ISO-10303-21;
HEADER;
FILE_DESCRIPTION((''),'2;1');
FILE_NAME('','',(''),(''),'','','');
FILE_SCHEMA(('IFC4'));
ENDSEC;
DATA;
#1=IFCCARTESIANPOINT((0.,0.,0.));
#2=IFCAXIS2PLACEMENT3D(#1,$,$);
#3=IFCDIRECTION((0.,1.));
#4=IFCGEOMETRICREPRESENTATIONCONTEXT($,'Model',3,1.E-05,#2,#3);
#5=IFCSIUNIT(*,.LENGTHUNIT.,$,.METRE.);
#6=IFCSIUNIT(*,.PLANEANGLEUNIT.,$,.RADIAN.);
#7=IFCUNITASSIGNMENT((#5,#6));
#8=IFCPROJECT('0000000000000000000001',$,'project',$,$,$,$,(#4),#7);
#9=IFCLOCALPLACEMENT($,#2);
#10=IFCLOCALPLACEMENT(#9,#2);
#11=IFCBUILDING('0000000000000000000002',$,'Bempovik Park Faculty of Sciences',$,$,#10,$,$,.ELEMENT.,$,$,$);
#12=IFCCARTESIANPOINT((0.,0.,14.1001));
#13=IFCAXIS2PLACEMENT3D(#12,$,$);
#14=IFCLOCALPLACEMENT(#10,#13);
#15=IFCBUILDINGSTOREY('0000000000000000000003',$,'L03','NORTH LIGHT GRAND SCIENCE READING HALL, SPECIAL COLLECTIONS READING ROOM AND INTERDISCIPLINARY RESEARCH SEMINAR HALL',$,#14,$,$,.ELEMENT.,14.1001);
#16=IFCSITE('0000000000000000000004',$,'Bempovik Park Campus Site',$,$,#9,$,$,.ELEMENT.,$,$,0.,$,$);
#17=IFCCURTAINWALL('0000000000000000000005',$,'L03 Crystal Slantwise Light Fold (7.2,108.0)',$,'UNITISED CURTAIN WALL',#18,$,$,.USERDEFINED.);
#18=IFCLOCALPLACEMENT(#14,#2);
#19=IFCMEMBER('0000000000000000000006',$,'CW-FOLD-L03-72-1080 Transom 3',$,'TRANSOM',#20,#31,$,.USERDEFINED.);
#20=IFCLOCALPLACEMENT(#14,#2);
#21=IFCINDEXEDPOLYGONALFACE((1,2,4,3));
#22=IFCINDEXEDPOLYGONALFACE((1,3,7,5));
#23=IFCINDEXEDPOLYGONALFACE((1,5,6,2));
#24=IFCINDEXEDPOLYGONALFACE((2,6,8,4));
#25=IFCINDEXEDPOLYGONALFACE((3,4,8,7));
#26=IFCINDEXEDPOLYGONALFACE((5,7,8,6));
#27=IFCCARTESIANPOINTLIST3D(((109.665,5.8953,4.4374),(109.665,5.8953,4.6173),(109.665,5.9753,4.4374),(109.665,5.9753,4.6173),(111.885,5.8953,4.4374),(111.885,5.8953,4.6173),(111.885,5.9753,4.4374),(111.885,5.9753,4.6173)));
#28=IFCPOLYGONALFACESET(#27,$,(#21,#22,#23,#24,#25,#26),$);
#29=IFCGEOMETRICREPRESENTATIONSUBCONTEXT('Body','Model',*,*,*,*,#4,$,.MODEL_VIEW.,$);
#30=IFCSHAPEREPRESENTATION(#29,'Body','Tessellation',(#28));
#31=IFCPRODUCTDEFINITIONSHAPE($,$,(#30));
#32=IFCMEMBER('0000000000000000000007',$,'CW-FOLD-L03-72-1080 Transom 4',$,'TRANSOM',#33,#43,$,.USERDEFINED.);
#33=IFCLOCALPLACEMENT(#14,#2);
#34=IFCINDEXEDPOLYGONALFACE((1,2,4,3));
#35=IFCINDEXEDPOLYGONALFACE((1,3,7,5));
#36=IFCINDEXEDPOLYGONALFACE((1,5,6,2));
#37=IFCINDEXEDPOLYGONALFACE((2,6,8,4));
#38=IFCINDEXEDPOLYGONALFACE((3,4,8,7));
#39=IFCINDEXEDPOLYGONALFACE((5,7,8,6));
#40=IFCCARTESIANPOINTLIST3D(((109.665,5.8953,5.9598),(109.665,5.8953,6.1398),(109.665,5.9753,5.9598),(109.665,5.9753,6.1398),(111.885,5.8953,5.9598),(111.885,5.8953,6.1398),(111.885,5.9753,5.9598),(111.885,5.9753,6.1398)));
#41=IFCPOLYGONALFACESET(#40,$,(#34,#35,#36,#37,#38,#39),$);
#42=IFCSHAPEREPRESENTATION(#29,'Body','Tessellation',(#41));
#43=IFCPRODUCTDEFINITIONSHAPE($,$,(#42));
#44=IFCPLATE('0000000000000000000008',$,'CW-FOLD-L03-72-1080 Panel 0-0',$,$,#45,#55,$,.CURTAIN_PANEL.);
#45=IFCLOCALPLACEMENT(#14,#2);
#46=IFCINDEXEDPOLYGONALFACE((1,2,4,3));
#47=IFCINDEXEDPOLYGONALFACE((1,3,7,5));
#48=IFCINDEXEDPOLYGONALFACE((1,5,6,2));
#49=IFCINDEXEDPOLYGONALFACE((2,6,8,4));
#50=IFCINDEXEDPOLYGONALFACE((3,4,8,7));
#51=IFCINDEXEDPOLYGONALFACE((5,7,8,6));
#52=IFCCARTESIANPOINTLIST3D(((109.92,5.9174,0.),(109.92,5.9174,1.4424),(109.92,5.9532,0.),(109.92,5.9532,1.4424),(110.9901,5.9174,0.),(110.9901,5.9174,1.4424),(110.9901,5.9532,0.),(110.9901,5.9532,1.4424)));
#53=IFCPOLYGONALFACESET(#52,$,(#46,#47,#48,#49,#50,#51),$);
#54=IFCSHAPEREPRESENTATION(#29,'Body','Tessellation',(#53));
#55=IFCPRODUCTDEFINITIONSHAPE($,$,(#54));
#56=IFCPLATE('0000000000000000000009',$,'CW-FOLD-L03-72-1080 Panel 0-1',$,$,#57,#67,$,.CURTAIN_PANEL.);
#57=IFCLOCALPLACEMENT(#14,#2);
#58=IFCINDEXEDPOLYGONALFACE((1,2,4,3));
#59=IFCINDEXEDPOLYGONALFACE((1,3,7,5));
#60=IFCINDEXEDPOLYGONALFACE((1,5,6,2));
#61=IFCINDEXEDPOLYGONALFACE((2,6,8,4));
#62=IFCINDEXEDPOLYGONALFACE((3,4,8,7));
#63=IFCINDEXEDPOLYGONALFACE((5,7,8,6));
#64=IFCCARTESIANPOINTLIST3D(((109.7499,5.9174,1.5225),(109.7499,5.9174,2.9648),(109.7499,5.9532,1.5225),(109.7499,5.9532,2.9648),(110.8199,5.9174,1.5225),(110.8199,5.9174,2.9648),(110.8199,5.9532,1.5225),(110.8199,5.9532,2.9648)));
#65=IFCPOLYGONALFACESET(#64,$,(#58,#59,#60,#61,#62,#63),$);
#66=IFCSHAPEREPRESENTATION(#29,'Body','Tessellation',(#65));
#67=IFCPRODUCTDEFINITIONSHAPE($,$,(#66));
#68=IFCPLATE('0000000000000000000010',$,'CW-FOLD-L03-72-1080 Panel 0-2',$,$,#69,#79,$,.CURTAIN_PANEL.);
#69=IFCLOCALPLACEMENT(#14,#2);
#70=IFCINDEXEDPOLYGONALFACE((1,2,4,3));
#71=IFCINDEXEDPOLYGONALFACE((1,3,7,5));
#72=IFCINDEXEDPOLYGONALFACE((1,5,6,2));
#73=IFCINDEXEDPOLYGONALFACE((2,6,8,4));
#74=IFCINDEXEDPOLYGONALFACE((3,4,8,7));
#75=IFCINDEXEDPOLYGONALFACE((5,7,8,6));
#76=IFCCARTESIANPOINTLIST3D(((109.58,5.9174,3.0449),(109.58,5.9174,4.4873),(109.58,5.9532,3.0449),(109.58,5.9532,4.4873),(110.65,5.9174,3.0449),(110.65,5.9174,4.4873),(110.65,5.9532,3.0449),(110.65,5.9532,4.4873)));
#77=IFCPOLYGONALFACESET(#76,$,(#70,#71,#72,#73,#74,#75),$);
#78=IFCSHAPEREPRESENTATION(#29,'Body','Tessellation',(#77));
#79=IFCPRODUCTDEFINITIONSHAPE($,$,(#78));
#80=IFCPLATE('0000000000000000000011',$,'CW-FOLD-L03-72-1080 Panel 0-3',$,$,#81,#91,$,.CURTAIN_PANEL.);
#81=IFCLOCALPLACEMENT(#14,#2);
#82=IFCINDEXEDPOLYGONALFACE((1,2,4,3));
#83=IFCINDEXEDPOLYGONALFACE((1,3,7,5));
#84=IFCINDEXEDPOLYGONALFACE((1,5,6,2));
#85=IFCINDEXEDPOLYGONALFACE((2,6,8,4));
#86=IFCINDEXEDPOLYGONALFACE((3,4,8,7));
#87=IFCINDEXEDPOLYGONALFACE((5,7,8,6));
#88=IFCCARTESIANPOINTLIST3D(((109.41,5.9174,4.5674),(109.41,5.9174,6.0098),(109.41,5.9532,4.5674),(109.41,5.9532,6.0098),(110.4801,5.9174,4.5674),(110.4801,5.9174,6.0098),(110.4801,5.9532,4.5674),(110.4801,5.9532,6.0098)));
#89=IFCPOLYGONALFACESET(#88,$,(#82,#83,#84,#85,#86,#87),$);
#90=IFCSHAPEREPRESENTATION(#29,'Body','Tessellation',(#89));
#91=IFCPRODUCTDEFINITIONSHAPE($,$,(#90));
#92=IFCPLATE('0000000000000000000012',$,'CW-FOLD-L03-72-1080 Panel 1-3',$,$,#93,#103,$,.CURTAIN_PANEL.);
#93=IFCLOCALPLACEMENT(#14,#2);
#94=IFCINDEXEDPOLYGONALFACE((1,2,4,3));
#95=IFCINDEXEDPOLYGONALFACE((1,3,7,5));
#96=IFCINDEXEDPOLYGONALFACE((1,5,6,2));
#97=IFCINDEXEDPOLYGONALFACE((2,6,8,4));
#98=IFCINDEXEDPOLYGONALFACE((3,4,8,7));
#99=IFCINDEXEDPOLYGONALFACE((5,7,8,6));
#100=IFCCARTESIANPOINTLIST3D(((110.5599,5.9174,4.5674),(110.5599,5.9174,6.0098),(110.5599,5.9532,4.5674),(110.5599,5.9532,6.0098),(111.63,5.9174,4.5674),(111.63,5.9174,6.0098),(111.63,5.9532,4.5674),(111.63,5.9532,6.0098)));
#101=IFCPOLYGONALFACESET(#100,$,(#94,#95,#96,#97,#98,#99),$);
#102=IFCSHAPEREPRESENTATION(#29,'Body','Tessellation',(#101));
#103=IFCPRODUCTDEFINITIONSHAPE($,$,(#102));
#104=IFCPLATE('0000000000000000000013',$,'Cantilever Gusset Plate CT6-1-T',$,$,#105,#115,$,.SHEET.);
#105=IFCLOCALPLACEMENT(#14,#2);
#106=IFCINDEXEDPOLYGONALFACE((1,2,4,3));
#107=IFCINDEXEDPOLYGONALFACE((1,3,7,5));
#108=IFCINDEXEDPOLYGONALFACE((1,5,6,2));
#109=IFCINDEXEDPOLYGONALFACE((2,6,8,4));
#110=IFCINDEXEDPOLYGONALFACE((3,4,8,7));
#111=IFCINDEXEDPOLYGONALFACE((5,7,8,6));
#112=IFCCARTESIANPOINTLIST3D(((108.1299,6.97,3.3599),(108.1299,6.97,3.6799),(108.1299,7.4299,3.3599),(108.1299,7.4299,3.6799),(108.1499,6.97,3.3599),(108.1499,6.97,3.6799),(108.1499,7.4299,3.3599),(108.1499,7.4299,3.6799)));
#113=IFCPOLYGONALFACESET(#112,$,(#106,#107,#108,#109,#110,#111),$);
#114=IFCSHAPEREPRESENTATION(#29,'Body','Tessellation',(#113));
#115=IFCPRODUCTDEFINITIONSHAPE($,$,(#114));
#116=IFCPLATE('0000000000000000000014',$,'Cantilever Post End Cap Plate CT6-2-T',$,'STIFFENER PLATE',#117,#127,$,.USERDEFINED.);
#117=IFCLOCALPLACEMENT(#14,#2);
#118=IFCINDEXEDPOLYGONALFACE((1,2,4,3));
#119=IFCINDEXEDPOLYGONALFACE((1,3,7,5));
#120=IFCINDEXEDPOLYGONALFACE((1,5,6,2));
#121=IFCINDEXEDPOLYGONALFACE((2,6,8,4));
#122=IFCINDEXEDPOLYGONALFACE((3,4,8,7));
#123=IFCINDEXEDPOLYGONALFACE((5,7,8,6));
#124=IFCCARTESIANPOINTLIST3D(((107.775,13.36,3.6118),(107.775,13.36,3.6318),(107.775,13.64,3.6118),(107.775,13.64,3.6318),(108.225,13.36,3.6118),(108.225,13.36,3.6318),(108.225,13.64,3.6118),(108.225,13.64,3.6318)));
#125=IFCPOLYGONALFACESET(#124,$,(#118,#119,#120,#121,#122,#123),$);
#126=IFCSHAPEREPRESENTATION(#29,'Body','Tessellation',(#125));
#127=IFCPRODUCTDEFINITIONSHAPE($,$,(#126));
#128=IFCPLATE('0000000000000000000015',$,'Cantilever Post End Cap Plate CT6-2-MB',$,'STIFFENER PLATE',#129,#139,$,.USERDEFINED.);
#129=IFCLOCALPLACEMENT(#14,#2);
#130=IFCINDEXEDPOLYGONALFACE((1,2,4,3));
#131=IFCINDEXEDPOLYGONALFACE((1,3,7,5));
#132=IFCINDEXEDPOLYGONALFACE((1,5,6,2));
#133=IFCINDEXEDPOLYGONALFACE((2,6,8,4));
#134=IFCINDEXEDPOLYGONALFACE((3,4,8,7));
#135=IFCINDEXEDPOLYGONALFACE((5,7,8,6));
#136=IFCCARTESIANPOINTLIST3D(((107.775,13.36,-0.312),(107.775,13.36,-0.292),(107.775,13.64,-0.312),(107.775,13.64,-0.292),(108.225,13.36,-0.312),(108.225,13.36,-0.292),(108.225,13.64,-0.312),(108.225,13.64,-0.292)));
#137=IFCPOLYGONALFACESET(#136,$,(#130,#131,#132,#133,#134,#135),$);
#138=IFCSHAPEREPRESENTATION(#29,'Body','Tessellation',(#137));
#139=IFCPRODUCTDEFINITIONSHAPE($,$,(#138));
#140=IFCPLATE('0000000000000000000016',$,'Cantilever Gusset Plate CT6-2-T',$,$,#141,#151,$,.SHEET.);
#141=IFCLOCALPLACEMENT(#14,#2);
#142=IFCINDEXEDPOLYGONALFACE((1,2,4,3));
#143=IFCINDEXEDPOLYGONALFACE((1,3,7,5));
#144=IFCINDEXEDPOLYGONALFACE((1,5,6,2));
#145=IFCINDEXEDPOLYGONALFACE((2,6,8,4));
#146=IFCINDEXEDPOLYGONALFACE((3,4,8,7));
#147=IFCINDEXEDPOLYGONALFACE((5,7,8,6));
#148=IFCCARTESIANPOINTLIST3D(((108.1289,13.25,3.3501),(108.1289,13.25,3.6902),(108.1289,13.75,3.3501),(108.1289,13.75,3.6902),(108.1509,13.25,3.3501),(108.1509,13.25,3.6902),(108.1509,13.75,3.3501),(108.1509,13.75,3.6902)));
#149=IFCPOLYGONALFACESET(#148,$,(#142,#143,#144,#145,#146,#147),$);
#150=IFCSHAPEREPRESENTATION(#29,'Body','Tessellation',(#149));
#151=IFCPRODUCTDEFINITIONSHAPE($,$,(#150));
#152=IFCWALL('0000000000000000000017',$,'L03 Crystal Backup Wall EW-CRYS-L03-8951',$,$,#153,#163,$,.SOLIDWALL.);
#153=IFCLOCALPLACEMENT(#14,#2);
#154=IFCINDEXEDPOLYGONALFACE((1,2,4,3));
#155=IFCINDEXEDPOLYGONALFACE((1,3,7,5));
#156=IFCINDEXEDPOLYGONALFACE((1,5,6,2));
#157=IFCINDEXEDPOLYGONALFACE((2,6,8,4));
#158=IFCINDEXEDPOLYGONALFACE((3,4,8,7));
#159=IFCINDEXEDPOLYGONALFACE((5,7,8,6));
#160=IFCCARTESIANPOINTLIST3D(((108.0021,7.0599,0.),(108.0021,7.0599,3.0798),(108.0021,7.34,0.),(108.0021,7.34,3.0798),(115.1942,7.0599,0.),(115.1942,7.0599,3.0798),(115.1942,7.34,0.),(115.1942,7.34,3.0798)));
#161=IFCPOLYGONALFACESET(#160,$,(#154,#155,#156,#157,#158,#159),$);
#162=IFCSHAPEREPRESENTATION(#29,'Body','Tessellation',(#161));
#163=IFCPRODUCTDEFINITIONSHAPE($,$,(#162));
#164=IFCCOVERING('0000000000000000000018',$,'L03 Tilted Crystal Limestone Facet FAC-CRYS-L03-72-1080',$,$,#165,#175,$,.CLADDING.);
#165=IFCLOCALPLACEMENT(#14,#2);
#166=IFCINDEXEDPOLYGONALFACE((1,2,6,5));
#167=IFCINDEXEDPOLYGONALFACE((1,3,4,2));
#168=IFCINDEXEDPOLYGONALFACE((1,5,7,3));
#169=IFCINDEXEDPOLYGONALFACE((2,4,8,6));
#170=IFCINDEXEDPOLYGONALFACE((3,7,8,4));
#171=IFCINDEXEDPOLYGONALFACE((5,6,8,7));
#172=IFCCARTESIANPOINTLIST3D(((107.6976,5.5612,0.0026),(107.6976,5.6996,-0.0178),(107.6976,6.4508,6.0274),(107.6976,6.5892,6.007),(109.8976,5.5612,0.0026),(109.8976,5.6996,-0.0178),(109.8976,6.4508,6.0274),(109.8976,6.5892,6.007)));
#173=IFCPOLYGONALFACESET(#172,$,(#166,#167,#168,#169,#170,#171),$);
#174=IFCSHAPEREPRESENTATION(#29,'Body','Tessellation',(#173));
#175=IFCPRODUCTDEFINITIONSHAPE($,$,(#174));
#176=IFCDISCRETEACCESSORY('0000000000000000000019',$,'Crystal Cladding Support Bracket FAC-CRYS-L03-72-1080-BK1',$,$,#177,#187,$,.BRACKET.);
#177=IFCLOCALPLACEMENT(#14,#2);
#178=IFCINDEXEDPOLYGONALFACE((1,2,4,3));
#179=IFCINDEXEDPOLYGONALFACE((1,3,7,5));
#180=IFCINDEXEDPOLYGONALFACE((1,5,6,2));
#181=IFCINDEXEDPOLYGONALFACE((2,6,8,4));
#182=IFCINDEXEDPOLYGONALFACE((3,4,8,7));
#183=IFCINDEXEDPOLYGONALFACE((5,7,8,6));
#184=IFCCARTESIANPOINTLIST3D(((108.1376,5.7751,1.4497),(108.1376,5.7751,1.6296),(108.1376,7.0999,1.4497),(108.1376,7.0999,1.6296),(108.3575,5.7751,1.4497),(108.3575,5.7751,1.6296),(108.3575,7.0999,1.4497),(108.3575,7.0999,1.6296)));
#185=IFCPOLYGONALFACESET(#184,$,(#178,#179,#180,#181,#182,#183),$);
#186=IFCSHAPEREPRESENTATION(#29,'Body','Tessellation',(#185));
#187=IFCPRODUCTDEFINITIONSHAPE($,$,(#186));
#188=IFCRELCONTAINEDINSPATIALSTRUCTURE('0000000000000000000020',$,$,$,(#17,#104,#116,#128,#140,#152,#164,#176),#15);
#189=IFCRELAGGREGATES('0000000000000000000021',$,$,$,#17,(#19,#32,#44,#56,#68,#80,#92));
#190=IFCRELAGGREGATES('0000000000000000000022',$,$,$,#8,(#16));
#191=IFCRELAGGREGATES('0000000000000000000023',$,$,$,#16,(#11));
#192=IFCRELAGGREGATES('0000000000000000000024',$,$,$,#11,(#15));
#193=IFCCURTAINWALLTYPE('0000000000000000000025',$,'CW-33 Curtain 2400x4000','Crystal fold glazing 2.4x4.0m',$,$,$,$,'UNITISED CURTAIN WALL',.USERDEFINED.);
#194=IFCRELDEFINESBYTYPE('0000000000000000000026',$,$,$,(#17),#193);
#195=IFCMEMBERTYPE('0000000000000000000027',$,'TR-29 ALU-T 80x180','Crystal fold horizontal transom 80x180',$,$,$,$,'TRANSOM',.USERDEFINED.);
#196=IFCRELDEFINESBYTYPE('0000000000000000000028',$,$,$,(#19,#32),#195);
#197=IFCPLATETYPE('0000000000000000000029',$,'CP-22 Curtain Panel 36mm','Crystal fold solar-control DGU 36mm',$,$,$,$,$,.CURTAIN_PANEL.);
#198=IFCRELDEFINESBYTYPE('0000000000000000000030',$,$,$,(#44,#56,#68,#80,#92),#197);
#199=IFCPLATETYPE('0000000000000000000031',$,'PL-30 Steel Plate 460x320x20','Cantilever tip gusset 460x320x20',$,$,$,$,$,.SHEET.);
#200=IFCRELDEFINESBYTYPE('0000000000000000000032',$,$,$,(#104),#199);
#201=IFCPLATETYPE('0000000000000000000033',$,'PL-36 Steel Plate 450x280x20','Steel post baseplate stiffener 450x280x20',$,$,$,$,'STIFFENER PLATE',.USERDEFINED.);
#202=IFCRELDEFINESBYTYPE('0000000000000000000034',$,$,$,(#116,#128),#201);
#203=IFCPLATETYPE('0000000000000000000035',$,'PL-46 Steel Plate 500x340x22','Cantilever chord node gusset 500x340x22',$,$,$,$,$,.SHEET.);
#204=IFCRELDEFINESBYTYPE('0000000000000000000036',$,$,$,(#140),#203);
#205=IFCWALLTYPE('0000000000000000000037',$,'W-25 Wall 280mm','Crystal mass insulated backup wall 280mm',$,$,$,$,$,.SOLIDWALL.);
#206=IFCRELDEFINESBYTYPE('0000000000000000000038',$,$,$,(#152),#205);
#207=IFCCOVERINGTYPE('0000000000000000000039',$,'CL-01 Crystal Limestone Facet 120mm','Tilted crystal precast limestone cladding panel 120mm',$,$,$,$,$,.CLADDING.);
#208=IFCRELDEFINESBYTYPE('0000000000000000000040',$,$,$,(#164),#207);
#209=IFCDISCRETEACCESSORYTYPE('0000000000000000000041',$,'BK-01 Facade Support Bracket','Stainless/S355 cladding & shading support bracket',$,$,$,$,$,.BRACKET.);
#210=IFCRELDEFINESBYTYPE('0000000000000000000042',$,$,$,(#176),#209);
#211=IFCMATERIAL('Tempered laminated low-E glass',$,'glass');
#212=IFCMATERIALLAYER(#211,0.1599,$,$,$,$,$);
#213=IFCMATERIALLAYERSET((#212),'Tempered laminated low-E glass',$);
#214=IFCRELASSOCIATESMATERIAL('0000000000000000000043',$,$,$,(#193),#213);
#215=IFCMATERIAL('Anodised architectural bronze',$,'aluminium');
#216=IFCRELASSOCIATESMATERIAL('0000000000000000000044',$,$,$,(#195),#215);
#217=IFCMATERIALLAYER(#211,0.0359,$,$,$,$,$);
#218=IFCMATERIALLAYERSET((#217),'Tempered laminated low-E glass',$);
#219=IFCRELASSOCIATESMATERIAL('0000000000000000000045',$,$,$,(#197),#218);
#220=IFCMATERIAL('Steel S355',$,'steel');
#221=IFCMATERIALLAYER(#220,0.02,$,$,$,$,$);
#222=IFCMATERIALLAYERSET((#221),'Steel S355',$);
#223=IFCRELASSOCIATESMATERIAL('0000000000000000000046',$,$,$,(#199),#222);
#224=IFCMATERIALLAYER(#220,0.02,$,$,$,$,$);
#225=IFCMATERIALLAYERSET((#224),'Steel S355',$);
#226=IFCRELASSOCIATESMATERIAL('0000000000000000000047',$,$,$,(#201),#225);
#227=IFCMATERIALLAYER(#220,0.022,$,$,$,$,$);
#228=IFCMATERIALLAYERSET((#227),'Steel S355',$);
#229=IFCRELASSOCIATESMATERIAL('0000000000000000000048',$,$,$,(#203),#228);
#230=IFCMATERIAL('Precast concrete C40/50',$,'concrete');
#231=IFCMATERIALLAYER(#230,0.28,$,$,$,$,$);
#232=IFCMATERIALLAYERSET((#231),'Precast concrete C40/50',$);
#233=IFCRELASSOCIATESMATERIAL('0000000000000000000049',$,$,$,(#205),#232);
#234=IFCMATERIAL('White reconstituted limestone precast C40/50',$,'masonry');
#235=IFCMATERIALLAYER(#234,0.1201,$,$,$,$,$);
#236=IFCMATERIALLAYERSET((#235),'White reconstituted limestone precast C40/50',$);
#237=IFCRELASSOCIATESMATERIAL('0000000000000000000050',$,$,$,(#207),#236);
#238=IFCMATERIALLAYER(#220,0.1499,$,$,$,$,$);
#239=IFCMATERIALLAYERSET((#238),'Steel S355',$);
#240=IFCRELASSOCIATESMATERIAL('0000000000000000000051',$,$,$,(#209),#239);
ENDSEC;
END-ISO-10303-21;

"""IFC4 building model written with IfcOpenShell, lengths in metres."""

from ifc_helpers import new_model, si_unit, direction, frame, frame_2d, origin, origin_2d, place, context, subcontext, project, spatial, rectangle, extrude, material, layer, layer_set, material_profile, profile_set, type_object, element, aggregate, save


model = new_model("IFC4")

# Units and contexts
model_context = context("Model", 3, precision=1e-05, world=origin(), true_north=direction((0.0, 1.0)))
body_context = subcontext(model_context, "Body", "Model", "MODEL_VIEW")
ifc_project = project(units=[si_unit("LENGTHUNIT", "METRE"), si_unit("PLANEANGLEUNIT", "RADIAN")], contexts=[model_context])

# Site, building, storey
site_placement = place(None, origin())
site = spatial("IfcSite", under=ifc_project, at=site_placement, Name="Bempovik Park Campus Site", CompositionType="ELEMENT", RefElevation=0.0)
building_placement = place(site_placement, origin())
building = spatial("IfcBuilding", under=site, at=building_placement, Name="Bempovik Park Faculty of Sciences", CompositionType="ELEMENT")
storey_placement = place(building_placement, frame((0.0, 0.0, 14.1001)))
storey = spatial("IfcBuildingStorey", under=building, at=storey_placement, Name="L03", Description="NORTH LIGHT GRAND SCIENCE READING HALL, SPECIAL COLLECTIONS READING ROOM AND INTERDISCIPLINARY RESEARCH SEMINAR HALL", CompositionType="ELEMENT", Elevation=14.1001)

# Shared definitions
ifc_material_1 = material(Name="Steel S355", Category="steel")

# Curtain wall, members, plates
ifc_material_2 = material(Name="Tempered laminated low-E glass", Category="glass")
ifc_layer_1 = layer(ifc_material_2, 0.1599)
ifc_layer_set_1 = layer_set([ifc_layer_1], Name="Tempered laminated low-E glass")
curtain_wall_type = type_object("IfcCurtainWallType", Name="CW-33 Curtain 2400x4000", Description="Crystal fold glazing 2.4x4.0m", ElementType="UNITISED CURTAIN WALL", PredefinedType="USERDEFINED", material=ifc_layer_set_1)
curtain_wall_placement = place(storey_placement, origin())
curtain_wall = element("IfcCurtainWall", 1, at=curtain_wall_placement, inside=storey, type_object=curtain_wall_type, Name="L03 Crystal Slantwise Light Fold (7.2,108.0)", ObjectType="UNITISED CURTAIN WALL", PredefinedType="USERDEFINED")
ifc_material_3 = material(Name="Anodised architectural bronze", Category="aluminium")
ifc_material_profile_1 = material_profile(ifc_material_3, rectangle(XDim=0.0801, YDim=0.1799, at=origin_2d()), Name="ALU-T 80x180")
ifc_profile_set_1 = profile_set([ifc_material_profile_1], Name="Anodised architectural bronze")
member_type_1 = type_object("IfcMemberType", Name="TR-29 ALU-T 80x180", Description="Crystal fold horizontal transom 80x180", ElementType="TRANSOM", PredefinedType="USERDEFINED", material=ifc_profile_set_1)
member_1_placement = place(storey_placement, frame((109.665, 5.9353, 4.5273), z_axis=(1.0, 0.0, 0.0), x_axis=(0.0, 1.0, 0.0)))
member_1 = element("IfcMember", 2, at=member_1_placement, type_object=member_type_1, Name="CW-FOLD-L03-72-1080 Transom 3", ObjectType="TRANSOM", PredefinedType="USERDEFINED", context=body_context, shape_type="SweptSolid", body=[
    extrude(rectangle(XDim=0.0801, YDim=0.1799, at=origin_2d()), origin(), (0.0, 0.0, 1.0), 2.22),
])
member_2_placement = place(storey_placement, frame((109.665, 5.9353, 6.0498), z_axis=(1.0, 0.0, 0.0), x_axis=(0.0, 1.0, 0.0)))
member_2 = element("IfcMember", 3, at=member_2_placement, type_object=member_type_1, Name="CW-FOLD-L03-72-1080 Transom 4", ObjectType="TRANSOM", PredefinedType="USERDEFINED", context=body_context, shape_type="SweptSolid", body=[
    extrude(rectangle(XDim=0.0801, YDim=0.1799, at=origin_2d()), origin(), (0.0, 0.0, 1.0), 2.22),
])
ifc_layer_2 = layer(ifc_material_2, 0.0359)
ifc_layer_set_2 = layer_set([ifc_layer_2], Name="Tempered laminated low-E glass")
plate_type_1 = type_object("IfcPlateType", Name="CP-22 Curtain Panel 36mm", Description="Crystal fold solar-control DGU 36mm", PredefinedType="CURTAIN_PANEL", material=ifc_layer_set_2)
plate_1_placement = place(storey_placement, frame((110.4551, 5.9353, 0.0), z_axis=(0.0, 0.0, 1.0), x_axis=(1.0, 0.0, 0.0)))
plate_1 = element("IfcPlate", 4, at=plate_1_placement, type_object=plate_type_1, Name="CW-FOLD-L03-72-1080 Panel 0-0", PredefinedType="CURTAIN_PANEL", context=body_context, shape_type="SweptSolid", body=[
    extrude(rectangle(XDim=1.0701, YDim=0.0359, at=origin_2d()), origin(), (0.0, 0.0, 1.0), 1.4424),
])
plate_2_placement = place(storey_placement, frame((110.2849, 5.9353, 1.5225), z_axis=(0.0, 0.0, 1.0), x_axis=(1.0, 0.0, 0.0)))
plate_2 = element("IfcPlate", 5, at=plate_2_placement, type_object=plate_type_1, Name="CW-FOLD-L03-72-1080 Panel 0-1", PredefinedType="CURTAIN_PANEL", context=body_context, shape_type="SweptSolid", body=[
    extrude(rectangle(XDim=1.0701, YDim=0.0359, at=origin_2d()), origin(), (0.0, 0.0, 1.0), 1.4424),
])
plate_3_placement = place(storey_placement, frame((110.115, 5.9353, 3.0449), z_axis=(0.0, 0.0, 1.0), x_axis=(1.0, 0.0, 0.0)))
plate_3 = element("IfcPlate", 6, at=plate_3_placement, type_object=plate_type_1, Name="CW-FOLD-L03-72-1080 Panel 0-2", PredefinedType="CURTAIN_PANEL", context=body_context, shape_type="SweptSolid", body=[
    extrude(rectangle(XDim=1.0701, YDim=0.0359, at=origin_2d()), origin(), (0.0, 0.0, 1.0), 1.4424),
])
plate_4_placement = place(storey_placement, frame((109.9451, 5.9353, 4.5674), z_axis=(0.0, 0.0, 1.0), x_axis=(1.0, 0.0, 0.0)))
plate_4 = element("IfcPlate", 7, at=plate_4_placement, type_object=plate_type_1, Name="CW-FOLD-L03-72-1080 Panel 0-3", PredefinedType="CURTAIN_PANEL", context=body_context, shape_type="SweptSolid", body=[
    extrude(rectangle(XDim=1.0701, YDim=0.0359, at=origin_2d()), origin(), (0.0, 0.0, 1.0), 1.4424),
])
plate_5_placement = place(storey_placement, frame((111.095, 5.9353, 4.5674), z_axis=(0.0, 0.0, 1.0), x_axis=(1.0, 0.0, 0.0)))
plate_5 = element("IfcPlate", 8, at=plate_5_placement, type_object=plate_type_1, Name="CW-FOLD-L03-72-1080 Panel 1-3", PredefinedType="CURTAIN_PANEL", context=body_context, shape_type="SweptSolid", body=[
    extrude(rectangle(XDim=1.0701, YDim=0.0359, at=origin_2d()), origin(), (0.0, 0.0, 1.0), 1.4424),
])
aggregate(curtain_wall, [member_1, member_2, plate_1, plate_2, plate_3, plate_4, plate_5])

# Plates
ifc_layer_3 = layer(ifc_material_1, 0.02)
ifc_layer_set_3 = layer_set([ifc_layer_3], Name="Steel S355")
plate_type_2 = type_object("IfcPlateType", Name="PL-30 Steel Plate 460x320x20", Description="Cantilever tip gusset 460x320x20", PredefinedType="SHEET", material=ifc_layer_set_3)
plate_6_placement = place(storey_placement, frame((108.1399, 7.2, 3.3599), z_axis=(0.0, 0.0, 1.0), x_axis=(1.0, 0.0, 0.0)))
element("IfcPlate", 9, at=plate_6_placement, inside=storey, type_object=plate_type_2, Name="Cantilever Gusset Plate CT6-1-T", PredefinedType="SHEET", context=body_context, shape_type="SweptSolid", body=[
    extrude(rectangle(XDim=0.02, YDim=0.46, at=origin_2d()), origin(), (0.0, 0.0, 1.0), 0.3201),
])
ifc_layer_4 = layer(ifc_material_1, 0.02)
ifc_layer_set_4 = layer_set([ifc_layer_4], Name="Steel S355")
plate_type_3 = type_object("IfcPlateType", Name="PL-36 Steel Plate 450x280x20", Description="Steel post baseplate stiffener 450x280x20", ElementType="STIFFENER PLATE", PredefinedType="USERDEFINED", material=ifc_layer_set_4)
for number, where, z_axis, x_axis, name in (
    (10, (108.0, 13.5, 3.6118), (0.0, 0.0, 1.0), (1.0, 0.0, 0.0), "Cantilever Post End Cap Plate CT6-2-T"),
    (11, (108.0, 13.5, -0.312), (0.0, 0.0, 1.0), (1.0, 0.0, 0.0), "Cantilever Post End Cap Plate CT6-2-MB"),
):
    element("IfcPlate", number, at=place(storey_placement, frame(where, z_axis=z_axis, x_axis=x_axis)), inside=storey, type_object=plate_type_3, Name=name, ObjectType="STIFFENER PLATE", PredefinedType="USERDEFINED", context=body_context, shape_type="SweptSolid", body=[
        extrude(rectangle(XDim=0.45, YDim=0.28, at=origin_2d()), origin(), (0.0, 0.0, 1.0), 0.02),
    ])
ifc_layer_5 = layer(ifc_material_1, 0.022)
ifc_layer_set_5 = layer_set([ifc_layer_5], Name="Steel S355")
plate_type_4 = type_object("IfcPlateType", Name="PL-46 Steel Plate 500x340x22", Description="Cantilever chord node gusset 500x340x22", PredefinedType="SHEET", material=ifc_layer_set_5)
plate_7_placement = place(storey_placement, frame((108.1399, 13.5, 3.3501), z_axis=(0.0, 0.0, 1.0), x_axis=(1.0, 0.0, 0.0)))
element("IfcPlate", 12, at=plate_7_placement, inside=storey, type_object=plate_type_4, Name="Cantilever Gusset Plate CT6-2-T", PredefinedType="SHEET", context=body_context, shape_type="SweptSolid", body=[
    extrude(rectangle(XDim=0.022, YDim=0.5, at=origin_2d()), origin(), (0.0, 0.0, 1.0), 0.3401),
])

# Wall
ifc_material_4 = material(Name="Precast concrete C40/50", Category="concrete")
ifc_layer_6 = layer(ifc_material_4, 0.28)
ifc_layer_set_6 = layer_set([ifc_layer_6], Name="Precast concrete C40/50")
wall_type = type_object("IfcWallType", Name="W-25 Wall 280mm", Description="Crystal mass insulated backup wall 280mm", PredefinedType="SOLIDWALL", material=ifc_layer_set_6)
wall_placement = place(storey_placement, frame((108.002, 7.2, 0.0), z_axis=(0.0, 0.0, 1.0), x_axis=(1.0, 0.0, 0.0)))
element("IfcWall", 13, at=wall_placement, inside=storey, type_object=wall_type, Name="L03 Crystal Backup Wall EW-CRYS-L03-8951", PredefinedType="SOLIDWALL", context=body_context, shape_type="SweptSolid", body=[
    extrude(rectangle(XDim=7.1921, YDim=0.28, at=frame_2d((3.5962, 0.0))), origin(), (0.0, 0.0, 1.0), 3.0798),
])

# Covering
ifc_material_5 = material(Name="White reconstituted limestone precast C40/50", Category="masonry")
ifc_layer_7 = layer(ifc_material_5, 0.1201)
ifc_layer_set_7 = layer_set([ifc_layer_7], Name="White reconstituted limestone precast C40/50")
covering_type = type_object("IfcCoveringType", Name="CL-01 Crystal Limestone Facet 120mm", Description="Tilted crystal precast limestone cladding panel 120mm", PredefinedType="CLADDING", material=ifc_layer_set_7)
covering_placement = place(storey_placement, frame((108.7976, 5.6304, -0.0076), z_axis=(0.0, 0.146083, 0.989272), x_axis=(1.0, 0.0, 0.0)))
element("IfcCovering", 14, at=covering_placement, inside=storey, type_object=covering_type, Name="L03 Tilted Crystal Limestone Facet FAC-CRYS-L03-72-1080", PredefinedType="CLADDING", context=body_context, shape_type="SweptSolid", body=[
    extrude(rectangle(XDim=2.2, YDim=0.1399, at=origin_2d()), origin(), (0.0, 0.0, 1.0), 6.0901),
])

# Discrete accessory
ifc_layer_8 = layer(ifc_material_1, 0.1499)
ifc_layer_set_8 = layer_set([ifc_layer_8], Name="Steel S355")
discrete_accessory_type = type_object("IfcDiscreteAccessoryType", Name="BK-01 Facade Support Bracket", Description="Stainless/S355 cladding & shading support bracket", PredefinedType="BRACKET", material=ifc_layer_set_8)
for number, where, z_axis, x_axis, name in (
    (15, (108.2476, 6.4375, 1.4497), (0.0, 0.0, 1.0), (1.0, 0.0, 0.0), "Crystal Cladding Support Bracket FAC-CRYS-L03-72-1080-BK1"),
):
    element("IfcDiscreteAccessory", number, at=place(storey_placement, frame(where, z_axis=z_axis, x_axis=x_axis)), inside=storey, type_object=discrete_accessory_type, Name=name, PredefinedType="BRACKET", context=body_context, shape_type="SweptSolid", body=[
        extrude(rectangle(XDim=0.22, YDim=1.3247, at=origin_2d()), origin(), (0.0, 0.0, 1.0), 0.1799),
    ])

save(model, "model.ifc")
